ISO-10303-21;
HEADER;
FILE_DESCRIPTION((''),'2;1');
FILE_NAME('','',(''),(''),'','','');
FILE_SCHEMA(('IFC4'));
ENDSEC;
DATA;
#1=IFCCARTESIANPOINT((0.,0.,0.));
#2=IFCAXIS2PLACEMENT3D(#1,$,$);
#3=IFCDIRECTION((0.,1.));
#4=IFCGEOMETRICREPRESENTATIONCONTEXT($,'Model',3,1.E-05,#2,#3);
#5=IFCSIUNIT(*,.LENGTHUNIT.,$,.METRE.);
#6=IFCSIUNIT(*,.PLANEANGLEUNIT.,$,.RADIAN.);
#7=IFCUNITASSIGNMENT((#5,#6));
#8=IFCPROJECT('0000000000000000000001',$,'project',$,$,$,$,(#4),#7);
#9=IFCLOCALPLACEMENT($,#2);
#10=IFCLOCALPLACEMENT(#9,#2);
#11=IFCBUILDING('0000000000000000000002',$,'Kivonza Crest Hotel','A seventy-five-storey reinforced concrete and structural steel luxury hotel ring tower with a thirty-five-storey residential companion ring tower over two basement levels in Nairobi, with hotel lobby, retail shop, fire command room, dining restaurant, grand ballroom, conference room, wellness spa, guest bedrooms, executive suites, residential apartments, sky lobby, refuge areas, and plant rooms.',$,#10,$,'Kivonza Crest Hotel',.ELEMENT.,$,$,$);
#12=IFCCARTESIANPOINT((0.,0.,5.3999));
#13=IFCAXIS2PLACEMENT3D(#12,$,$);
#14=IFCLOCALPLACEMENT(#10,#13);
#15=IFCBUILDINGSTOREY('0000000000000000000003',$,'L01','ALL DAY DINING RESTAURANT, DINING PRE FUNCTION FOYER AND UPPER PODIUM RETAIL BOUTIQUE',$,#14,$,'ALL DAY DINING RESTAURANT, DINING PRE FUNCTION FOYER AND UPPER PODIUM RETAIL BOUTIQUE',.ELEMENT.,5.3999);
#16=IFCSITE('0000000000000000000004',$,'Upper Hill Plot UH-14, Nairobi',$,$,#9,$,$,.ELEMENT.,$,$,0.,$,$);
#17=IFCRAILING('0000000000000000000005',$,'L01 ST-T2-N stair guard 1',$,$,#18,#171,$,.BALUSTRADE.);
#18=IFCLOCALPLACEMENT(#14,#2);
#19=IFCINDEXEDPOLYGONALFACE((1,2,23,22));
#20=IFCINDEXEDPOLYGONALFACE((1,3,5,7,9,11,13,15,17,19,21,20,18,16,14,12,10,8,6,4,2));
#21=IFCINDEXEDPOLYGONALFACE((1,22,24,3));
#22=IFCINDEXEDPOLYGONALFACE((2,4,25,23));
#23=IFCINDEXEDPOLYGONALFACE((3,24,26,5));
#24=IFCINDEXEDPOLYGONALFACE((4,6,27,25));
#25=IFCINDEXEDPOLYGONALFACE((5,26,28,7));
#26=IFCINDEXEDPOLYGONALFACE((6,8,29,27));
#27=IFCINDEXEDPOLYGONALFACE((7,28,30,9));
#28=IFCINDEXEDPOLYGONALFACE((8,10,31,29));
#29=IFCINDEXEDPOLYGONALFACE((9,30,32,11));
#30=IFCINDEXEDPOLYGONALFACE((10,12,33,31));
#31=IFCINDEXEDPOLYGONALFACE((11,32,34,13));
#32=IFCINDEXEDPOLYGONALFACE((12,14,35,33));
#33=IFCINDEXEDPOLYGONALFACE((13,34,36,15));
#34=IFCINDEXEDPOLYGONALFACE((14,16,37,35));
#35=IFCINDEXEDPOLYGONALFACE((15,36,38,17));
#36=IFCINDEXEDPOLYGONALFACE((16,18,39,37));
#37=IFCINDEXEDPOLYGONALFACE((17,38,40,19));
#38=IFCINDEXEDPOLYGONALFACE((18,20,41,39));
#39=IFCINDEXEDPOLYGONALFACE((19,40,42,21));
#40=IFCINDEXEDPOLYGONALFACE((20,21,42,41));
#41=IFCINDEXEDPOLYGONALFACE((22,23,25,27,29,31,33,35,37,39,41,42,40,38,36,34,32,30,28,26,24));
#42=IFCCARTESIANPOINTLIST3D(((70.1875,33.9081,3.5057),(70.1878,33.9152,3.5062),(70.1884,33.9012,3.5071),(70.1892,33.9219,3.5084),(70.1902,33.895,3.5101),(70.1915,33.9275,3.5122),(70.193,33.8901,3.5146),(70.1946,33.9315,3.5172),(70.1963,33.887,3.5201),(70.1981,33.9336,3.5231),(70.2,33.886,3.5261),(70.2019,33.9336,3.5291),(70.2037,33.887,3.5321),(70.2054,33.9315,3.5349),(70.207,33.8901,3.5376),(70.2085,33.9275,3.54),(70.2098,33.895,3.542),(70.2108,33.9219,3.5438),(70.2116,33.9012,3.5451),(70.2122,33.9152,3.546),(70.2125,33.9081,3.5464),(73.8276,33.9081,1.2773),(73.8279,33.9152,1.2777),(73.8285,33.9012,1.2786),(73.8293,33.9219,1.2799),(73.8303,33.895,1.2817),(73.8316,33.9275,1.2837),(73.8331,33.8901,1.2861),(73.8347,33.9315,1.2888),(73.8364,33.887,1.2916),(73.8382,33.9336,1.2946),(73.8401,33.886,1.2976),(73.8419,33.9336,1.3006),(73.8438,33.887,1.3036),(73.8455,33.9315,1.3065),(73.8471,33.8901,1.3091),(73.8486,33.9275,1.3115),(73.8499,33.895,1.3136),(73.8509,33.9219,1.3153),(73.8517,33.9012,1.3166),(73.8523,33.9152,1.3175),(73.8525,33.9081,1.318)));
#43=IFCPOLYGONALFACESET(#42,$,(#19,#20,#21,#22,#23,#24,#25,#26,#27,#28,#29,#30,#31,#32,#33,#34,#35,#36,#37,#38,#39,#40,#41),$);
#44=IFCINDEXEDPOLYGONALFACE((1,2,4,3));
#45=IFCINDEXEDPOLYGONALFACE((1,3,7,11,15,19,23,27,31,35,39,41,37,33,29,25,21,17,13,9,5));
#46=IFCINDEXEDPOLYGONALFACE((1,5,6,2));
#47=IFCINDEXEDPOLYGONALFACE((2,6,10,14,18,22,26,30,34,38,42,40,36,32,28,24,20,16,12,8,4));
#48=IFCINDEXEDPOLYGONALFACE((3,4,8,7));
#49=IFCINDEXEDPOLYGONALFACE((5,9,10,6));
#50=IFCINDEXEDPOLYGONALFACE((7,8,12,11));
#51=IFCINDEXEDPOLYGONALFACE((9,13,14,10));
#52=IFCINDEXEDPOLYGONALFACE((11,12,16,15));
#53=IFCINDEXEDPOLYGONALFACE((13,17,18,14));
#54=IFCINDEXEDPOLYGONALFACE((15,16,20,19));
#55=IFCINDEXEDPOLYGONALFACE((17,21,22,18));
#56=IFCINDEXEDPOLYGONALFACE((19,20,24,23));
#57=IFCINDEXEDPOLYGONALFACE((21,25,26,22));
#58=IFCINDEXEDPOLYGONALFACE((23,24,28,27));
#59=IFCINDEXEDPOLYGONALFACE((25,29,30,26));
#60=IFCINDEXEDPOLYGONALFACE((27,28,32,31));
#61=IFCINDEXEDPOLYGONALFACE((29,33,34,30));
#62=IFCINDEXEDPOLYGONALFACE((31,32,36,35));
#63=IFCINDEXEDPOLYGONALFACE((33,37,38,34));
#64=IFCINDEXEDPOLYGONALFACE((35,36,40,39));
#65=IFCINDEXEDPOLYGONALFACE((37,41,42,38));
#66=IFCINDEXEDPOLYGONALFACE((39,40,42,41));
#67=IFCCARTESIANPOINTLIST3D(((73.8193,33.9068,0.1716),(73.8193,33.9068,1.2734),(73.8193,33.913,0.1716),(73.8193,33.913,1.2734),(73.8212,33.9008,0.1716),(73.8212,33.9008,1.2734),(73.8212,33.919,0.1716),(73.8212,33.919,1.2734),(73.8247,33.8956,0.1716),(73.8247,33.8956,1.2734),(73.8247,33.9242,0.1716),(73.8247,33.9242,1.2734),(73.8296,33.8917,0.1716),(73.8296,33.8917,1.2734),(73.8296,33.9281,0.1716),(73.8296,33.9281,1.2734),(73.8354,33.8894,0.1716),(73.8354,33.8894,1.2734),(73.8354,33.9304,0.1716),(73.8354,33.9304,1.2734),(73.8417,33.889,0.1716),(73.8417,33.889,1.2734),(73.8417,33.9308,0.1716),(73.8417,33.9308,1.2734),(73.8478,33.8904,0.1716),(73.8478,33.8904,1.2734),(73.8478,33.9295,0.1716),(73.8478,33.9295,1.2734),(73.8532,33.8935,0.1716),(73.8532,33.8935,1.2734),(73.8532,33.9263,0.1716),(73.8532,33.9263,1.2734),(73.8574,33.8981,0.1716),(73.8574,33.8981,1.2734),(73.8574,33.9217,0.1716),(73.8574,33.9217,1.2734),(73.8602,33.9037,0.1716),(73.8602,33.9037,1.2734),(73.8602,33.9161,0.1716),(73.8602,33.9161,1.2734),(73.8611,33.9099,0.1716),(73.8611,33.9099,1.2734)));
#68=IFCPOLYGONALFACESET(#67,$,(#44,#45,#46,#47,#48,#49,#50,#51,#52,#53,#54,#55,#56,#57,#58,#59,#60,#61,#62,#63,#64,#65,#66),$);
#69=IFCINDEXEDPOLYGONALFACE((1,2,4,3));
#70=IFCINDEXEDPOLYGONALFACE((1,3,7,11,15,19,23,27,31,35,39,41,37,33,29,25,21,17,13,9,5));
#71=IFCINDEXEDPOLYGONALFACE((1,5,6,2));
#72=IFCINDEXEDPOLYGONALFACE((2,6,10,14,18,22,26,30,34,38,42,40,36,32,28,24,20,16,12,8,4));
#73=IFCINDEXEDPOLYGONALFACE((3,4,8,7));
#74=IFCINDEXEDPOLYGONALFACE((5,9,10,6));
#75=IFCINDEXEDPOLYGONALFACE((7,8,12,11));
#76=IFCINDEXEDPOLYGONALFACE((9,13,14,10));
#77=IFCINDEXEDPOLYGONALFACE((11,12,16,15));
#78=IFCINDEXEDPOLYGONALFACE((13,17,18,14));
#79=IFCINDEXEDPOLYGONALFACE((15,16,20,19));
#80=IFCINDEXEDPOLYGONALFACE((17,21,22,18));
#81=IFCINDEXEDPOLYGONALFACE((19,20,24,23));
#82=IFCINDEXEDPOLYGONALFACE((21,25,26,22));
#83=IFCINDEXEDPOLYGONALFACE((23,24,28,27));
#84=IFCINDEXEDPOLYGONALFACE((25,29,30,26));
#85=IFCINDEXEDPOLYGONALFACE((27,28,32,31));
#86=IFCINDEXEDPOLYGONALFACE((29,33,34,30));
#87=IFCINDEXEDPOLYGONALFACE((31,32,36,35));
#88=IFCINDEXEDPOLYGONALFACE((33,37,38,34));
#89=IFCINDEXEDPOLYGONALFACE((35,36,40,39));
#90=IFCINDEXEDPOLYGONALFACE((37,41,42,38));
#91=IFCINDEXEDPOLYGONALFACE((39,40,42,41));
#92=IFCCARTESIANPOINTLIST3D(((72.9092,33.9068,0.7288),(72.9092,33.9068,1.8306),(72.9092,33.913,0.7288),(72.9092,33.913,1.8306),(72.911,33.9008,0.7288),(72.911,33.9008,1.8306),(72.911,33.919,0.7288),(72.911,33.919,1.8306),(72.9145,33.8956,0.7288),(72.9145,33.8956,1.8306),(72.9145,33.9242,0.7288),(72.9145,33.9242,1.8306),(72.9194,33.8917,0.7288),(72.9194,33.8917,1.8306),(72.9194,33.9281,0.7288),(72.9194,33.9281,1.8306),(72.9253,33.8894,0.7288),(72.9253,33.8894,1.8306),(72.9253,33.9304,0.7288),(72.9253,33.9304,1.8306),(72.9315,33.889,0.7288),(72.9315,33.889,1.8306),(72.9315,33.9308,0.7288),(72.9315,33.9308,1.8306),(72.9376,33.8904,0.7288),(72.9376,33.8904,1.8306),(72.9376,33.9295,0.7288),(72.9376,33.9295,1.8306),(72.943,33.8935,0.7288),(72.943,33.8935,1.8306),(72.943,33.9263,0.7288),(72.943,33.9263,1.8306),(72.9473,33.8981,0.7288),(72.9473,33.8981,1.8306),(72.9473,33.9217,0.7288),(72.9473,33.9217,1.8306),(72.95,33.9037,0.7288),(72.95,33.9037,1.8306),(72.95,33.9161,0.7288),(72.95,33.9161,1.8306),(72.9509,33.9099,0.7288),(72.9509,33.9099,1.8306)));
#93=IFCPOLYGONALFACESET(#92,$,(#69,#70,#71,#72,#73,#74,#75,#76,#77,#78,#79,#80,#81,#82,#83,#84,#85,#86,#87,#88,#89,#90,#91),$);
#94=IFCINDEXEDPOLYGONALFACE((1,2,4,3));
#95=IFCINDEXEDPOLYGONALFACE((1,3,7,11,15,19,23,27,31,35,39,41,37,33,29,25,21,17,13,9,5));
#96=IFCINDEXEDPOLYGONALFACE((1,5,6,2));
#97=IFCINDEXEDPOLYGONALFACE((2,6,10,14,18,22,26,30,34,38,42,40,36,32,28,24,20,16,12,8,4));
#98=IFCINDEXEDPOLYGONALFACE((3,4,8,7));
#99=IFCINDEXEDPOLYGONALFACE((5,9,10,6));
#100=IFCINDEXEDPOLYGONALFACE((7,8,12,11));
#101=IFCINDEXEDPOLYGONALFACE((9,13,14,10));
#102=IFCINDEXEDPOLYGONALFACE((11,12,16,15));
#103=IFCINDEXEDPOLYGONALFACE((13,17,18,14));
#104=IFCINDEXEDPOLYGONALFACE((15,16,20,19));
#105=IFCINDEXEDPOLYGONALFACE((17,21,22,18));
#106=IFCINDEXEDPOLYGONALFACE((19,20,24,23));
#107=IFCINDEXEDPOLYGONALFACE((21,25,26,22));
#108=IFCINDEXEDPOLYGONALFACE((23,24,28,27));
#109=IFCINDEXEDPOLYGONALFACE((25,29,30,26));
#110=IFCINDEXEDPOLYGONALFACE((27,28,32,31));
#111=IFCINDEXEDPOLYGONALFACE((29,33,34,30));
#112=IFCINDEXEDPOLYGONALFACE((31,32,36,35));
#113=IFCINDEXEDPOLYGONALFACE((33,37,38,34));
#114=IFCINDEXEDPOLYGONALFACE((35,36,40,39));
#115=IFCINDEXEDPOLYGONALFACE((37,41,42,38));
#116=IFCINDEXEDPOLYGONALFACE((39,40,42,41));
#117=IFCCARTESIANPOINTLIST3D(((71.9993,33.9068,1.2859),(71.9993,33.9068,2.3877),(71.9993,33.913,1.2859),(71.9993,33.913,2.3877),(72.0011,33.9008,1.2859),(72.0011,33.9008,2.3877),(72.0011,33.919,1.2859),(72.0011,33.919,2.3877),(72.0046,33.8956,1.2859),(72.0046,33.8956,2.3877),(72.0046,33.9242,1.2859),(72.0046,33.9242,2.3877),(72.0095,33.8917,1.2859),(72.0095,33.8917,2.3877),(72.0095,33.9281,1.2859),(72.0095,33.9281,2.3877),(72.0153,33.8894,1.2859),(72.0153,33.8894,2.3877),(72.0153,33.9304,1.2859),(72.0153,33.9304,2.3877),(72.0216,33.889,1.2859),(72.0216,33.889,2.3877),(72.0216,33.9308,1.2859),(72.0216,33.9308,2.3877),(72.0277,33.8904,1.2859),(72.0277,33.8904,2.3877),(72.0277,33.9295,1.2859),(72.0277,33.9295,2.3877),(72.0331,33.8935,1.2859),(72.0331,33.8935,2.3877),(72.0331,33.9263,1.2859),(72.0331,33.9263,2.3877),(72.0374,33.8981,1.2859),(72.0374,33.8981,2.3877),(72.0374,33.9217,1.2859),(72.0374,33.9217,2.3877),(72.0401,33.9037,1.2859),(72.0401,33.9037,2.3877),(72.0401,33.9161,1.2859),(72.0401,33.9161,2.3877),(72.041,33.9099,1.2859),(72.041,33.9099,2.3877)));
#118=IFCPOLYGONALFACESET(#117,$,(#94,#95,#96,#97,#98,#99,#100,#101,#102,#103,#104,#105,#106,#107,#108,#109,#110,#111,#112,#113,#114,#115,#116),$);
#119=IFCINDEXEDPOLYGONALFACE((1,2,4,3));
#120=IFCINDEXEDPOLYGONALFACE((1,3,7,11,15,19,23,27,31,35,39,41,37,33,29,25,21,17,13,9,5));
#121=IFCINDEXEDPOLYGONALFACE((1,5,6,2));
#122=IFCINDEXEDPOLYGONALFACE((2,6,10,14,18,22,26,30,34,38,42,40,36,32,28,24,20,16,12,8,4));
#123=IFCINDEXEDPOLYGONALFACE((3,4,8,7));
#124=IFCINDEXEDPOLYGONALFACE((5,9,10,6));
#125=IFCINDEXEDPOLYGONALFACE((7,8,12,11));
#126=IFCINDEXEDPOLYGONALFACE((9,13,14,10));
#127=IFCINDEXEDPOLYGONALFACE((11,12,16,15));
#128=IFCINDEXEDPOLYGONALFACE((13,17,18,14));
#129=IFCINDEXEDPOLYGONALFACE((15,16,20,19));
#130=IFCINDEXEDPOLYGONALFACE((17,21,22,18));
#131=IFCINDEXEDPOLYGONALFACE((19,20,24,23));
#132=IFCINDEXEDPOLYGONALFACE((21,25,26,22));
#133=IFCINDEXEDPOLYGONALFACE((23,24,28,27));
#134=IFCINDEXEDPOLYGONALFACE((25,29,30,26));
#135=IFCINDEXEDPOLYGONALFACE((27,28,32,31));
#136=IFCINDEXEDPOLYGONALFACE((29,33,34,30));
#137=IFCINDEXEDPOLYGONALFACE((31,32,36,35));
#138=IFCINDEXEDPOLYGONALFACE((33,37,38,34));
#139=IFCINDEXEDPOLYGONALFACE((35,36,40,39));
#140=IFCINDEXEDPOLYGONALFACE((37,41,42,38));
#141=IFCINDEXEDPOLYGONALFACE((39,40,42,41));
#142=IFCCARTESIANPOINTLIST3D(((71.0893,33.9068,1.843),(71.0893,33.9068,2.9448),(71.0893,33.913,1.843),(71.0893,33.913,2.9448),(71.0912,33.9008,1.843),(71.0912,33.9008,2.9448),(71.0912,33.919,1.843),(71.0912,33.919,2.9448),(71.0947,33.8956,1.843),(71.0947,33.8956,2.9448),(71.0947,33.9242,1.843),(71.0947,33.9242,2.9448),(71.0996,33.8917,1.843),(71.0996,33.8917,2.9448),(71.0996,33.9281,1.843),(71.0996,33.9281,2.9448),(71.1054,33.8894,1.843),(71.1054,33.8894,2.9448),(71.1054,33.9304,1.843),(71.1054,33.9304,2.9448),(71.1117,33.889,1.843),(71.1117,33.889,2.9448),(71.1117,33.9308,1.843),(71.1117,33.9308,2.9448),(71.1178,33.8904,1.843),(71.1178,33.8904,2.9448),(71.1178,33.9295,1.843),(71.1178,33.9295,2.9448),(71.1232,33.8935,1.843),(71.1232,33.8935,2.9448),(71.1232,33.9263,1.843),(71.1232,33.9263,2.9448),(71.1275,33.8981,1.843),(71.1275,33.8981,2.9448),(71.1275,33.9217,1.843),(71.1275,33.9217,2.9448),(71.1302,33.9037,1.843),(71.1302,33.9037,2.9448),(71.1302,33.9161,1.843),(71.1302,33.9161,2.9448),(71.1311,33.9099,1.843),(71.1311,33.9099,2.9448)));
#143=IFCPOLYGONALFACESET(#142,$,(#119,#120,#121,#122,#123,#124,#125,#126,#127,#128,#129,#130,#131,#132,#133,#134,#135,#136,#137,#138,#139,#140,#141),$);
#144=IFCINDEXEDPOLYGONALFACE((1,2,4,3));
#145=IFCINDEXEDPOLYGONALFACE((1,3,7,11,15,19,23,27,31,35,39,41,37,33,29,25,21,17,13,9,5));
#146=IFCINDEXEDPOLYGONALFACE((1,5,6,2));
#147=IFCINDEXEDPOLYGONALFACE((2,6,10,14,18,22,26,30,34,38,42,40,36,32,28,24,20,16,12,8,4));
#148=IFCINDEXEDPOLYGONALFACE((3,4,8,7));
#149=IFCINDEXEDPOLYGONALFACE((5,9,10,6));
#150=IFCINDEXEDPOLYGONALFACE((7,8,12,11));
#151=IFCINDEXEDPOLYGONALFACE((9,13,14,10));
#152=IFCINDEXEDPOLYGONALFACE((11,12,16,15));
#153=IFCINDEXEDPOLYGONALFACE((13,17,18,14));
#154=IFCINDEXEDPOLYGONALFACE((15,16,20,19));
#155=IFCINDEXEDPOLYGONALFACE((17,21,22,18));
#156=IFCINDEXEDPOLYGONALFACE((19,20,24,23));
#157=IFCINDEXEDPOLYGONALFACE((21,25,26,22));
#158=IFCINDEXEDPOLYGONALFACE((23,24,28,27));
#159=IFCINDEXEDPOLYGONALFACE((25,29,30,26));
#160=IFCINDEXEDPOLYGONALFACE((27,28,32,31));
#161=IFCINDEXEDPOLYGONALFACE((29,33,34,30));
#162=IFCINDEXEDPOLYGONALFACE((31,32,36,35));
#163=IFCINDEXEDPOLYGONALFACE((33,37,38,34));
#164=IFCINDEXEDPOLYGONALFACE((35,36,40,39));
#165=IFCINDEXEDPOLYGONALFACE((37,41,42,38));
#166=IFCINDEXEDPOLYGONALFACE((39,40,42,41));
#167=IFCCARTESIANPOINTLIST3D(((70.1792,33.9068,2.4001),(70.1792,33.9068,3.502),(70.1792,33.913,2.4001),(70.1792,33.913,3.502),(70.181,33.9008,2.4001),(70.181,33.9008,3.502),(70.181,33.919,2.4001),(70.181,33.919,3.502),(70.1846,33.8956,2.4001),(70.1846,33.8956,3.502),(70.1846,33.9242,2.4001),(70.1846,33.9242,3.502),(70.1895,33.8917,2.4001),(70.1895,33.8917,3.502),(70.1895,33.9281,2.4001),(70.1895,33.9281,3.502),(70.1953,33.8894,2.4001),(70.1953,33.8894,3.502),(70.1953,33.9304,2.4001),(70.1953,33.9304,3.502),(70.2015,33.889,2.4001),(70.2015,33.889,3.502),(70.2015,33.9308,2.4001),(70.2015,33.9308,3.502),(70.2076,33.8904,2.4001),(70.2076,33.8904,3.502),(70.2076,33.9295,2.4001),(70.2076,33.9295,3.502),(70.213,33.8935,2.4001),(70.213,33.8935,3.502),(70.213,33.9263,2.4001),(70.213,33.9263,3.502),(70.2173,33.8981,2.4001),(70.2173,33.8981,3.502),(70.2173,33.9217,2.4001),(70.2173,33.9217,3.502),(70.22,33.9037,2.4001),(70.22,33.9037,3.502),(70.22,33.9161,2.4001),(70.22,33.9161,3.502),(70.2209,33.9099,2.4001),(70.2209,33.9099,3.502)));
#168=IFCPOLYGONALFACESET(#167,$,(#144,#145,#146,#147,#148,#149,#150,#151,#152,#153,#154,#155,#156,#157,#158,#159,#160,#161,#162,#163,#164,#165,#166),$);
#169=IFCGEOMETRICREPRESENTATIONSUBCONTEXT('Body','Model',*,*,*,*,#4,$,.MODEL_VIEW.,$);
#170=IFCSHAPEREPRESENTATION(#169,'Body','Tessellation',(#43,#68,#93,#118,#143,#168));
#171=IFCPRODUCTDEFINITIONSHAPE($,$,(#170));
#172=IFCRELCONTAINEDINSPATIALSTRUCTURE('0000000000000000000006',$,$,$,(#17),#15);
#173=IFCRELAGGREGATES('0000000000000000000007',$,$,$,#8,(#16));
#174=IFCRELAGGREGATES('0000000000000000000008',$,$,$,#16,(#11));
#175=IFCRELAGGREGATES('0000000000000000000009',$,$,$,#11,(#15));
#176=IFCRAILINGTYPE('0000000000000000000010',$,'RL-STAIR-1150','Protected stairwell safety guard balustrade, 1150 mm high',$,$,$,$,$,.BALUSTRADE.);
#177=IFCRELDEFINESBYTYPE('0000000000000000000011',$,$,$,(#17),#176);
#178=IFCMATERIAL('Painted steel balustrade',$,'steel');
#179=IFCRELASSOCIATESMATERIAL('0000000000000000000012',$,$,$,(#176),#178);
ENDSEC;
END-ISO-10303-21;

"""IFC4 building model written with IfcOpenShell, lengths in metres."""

from ifc_helpers import new_model, si_unit, direction, frame, origin, origin_2d, place, context, subcontext, project, spatial, circle, extrude, material, type_object, element, save


model = new_model("IFC4")

# Units and contexts
model_context = context("Model", 3, precision=1e-05, world=origin(), true_north=direction((0.0, 1.0)))
body_context = subcontext(model_context, "Body", "Model", "MODEL_VIEW")
ifc_project = project(units=[si_unit("LENGTHUNIT", "METRE"), si_unit("PLANEANGLEUNIT", "RADIAN")], contexts=[model_context])

# Site, building, storey
site_placement = place(None, origin())
site = spatial("IfcSite", under=ifc_project, at=site_placement, Name="Upper Hill Plot UH-14, Nairobi", CompositionType="ELEMENT", RefElevation=0.0)
building_placement = place(site_placement, origin())
building = spatial("IfcBuilding", under=site, at=building_placement, Name="Kivonza Crest Hotel", Description="A seventy-five-storey reinforced concrete and structural steel luxury hotel ring tower with a thirty-five-storey residential companion ring tower over two basement levels in Nairobi, with hotel lobby, retail shop, fire command room, dining restaurant, grand ballroom, conference room, wellness spa, guest bedrooms, executive suites, residential apartments, sky lobby, refuge areas, and plant rooms.", LongName="Kivonza Crest Hotel", CompositionType="ELEMENT")
storey_placement = place(building_placement, frame((0.0, 0.0, 5.3999)))
storey = spatial("IfcBuildingStorey", under=building, at=storey_placement, Name="L01", Description="ALL DAY DINING RESTAURANT, DINING PRE FUNCTION FOYER AND UPPER PODIUM RETAIL BOUTIQUE", LongName="ALL DAY DINING RESTAURANT, DINING PRE FUNCTION FOYER AND UPPER PODIUM RETAIL BOUTIQUE", CompositionType="ELEMENT", Elevation=5.3999)

# Railing
ifc_material_1 = material(Name="Painted steel balustrade", Category="steel")
railing_type_1 = type_object("IfcRailingType", Name="RL-STAIR-1150", Description="Protected stairwell safety guard balustrade, 1150 mm high", PredefinedType="BALUSTRADE", material=ifc_material_1)
railing_1_placement = place(storey_placement, frame((73.8401, 33.9099, 0.1716)))
element("IfcRailing", 1, at=railing_1_placement, inside=storey, type_object=railing_type_1, Name="L01 ST-T2-N stair guard 1", PredefinedType="BALUSTRADE", context=body_context, shape_type="SweptSolid", body=[
    extrude(circle(Radius=0.0239, at=origin_2d()), frame((0.0, 0.0, 1.126), z_axis=(-0.852866, 0.0, 0.52213), x_axis=(0.0, -1.0, 0.0)), (0.0, 0.0, 1.0), 4.2681),
    extrude(circle(Radius=0.021, at=origin_2d()), origin(), (0.0, 0.0, 1.0), 1.1018),
    extrude(circle(Radius=0.021, at=origin_2d()), frame((-0.9102, 0.0, 0.5571)), (0.0, 0.0, 1.0), 1.1018),
    extrude(circle(Radius=0.021, at=origin_2d()), frame((-1.8201, 0.0, 1.1143)), (0.0, 0.0, 1.0), 1.1018),
    extrude(circle(Radius=0.021, at=origin_2d()), frame((-2.73, 0.0, 1.6714)), (0.0, 0.0, 1.0), 1.1018),
    extrude(circle(Radius=0.021, at=origin_2d()), frame((-3.6401, 0.0, 2.2285)), (0.0, 0.0, 1.0), 1.1018),
])

save(model, "model.ifc")
